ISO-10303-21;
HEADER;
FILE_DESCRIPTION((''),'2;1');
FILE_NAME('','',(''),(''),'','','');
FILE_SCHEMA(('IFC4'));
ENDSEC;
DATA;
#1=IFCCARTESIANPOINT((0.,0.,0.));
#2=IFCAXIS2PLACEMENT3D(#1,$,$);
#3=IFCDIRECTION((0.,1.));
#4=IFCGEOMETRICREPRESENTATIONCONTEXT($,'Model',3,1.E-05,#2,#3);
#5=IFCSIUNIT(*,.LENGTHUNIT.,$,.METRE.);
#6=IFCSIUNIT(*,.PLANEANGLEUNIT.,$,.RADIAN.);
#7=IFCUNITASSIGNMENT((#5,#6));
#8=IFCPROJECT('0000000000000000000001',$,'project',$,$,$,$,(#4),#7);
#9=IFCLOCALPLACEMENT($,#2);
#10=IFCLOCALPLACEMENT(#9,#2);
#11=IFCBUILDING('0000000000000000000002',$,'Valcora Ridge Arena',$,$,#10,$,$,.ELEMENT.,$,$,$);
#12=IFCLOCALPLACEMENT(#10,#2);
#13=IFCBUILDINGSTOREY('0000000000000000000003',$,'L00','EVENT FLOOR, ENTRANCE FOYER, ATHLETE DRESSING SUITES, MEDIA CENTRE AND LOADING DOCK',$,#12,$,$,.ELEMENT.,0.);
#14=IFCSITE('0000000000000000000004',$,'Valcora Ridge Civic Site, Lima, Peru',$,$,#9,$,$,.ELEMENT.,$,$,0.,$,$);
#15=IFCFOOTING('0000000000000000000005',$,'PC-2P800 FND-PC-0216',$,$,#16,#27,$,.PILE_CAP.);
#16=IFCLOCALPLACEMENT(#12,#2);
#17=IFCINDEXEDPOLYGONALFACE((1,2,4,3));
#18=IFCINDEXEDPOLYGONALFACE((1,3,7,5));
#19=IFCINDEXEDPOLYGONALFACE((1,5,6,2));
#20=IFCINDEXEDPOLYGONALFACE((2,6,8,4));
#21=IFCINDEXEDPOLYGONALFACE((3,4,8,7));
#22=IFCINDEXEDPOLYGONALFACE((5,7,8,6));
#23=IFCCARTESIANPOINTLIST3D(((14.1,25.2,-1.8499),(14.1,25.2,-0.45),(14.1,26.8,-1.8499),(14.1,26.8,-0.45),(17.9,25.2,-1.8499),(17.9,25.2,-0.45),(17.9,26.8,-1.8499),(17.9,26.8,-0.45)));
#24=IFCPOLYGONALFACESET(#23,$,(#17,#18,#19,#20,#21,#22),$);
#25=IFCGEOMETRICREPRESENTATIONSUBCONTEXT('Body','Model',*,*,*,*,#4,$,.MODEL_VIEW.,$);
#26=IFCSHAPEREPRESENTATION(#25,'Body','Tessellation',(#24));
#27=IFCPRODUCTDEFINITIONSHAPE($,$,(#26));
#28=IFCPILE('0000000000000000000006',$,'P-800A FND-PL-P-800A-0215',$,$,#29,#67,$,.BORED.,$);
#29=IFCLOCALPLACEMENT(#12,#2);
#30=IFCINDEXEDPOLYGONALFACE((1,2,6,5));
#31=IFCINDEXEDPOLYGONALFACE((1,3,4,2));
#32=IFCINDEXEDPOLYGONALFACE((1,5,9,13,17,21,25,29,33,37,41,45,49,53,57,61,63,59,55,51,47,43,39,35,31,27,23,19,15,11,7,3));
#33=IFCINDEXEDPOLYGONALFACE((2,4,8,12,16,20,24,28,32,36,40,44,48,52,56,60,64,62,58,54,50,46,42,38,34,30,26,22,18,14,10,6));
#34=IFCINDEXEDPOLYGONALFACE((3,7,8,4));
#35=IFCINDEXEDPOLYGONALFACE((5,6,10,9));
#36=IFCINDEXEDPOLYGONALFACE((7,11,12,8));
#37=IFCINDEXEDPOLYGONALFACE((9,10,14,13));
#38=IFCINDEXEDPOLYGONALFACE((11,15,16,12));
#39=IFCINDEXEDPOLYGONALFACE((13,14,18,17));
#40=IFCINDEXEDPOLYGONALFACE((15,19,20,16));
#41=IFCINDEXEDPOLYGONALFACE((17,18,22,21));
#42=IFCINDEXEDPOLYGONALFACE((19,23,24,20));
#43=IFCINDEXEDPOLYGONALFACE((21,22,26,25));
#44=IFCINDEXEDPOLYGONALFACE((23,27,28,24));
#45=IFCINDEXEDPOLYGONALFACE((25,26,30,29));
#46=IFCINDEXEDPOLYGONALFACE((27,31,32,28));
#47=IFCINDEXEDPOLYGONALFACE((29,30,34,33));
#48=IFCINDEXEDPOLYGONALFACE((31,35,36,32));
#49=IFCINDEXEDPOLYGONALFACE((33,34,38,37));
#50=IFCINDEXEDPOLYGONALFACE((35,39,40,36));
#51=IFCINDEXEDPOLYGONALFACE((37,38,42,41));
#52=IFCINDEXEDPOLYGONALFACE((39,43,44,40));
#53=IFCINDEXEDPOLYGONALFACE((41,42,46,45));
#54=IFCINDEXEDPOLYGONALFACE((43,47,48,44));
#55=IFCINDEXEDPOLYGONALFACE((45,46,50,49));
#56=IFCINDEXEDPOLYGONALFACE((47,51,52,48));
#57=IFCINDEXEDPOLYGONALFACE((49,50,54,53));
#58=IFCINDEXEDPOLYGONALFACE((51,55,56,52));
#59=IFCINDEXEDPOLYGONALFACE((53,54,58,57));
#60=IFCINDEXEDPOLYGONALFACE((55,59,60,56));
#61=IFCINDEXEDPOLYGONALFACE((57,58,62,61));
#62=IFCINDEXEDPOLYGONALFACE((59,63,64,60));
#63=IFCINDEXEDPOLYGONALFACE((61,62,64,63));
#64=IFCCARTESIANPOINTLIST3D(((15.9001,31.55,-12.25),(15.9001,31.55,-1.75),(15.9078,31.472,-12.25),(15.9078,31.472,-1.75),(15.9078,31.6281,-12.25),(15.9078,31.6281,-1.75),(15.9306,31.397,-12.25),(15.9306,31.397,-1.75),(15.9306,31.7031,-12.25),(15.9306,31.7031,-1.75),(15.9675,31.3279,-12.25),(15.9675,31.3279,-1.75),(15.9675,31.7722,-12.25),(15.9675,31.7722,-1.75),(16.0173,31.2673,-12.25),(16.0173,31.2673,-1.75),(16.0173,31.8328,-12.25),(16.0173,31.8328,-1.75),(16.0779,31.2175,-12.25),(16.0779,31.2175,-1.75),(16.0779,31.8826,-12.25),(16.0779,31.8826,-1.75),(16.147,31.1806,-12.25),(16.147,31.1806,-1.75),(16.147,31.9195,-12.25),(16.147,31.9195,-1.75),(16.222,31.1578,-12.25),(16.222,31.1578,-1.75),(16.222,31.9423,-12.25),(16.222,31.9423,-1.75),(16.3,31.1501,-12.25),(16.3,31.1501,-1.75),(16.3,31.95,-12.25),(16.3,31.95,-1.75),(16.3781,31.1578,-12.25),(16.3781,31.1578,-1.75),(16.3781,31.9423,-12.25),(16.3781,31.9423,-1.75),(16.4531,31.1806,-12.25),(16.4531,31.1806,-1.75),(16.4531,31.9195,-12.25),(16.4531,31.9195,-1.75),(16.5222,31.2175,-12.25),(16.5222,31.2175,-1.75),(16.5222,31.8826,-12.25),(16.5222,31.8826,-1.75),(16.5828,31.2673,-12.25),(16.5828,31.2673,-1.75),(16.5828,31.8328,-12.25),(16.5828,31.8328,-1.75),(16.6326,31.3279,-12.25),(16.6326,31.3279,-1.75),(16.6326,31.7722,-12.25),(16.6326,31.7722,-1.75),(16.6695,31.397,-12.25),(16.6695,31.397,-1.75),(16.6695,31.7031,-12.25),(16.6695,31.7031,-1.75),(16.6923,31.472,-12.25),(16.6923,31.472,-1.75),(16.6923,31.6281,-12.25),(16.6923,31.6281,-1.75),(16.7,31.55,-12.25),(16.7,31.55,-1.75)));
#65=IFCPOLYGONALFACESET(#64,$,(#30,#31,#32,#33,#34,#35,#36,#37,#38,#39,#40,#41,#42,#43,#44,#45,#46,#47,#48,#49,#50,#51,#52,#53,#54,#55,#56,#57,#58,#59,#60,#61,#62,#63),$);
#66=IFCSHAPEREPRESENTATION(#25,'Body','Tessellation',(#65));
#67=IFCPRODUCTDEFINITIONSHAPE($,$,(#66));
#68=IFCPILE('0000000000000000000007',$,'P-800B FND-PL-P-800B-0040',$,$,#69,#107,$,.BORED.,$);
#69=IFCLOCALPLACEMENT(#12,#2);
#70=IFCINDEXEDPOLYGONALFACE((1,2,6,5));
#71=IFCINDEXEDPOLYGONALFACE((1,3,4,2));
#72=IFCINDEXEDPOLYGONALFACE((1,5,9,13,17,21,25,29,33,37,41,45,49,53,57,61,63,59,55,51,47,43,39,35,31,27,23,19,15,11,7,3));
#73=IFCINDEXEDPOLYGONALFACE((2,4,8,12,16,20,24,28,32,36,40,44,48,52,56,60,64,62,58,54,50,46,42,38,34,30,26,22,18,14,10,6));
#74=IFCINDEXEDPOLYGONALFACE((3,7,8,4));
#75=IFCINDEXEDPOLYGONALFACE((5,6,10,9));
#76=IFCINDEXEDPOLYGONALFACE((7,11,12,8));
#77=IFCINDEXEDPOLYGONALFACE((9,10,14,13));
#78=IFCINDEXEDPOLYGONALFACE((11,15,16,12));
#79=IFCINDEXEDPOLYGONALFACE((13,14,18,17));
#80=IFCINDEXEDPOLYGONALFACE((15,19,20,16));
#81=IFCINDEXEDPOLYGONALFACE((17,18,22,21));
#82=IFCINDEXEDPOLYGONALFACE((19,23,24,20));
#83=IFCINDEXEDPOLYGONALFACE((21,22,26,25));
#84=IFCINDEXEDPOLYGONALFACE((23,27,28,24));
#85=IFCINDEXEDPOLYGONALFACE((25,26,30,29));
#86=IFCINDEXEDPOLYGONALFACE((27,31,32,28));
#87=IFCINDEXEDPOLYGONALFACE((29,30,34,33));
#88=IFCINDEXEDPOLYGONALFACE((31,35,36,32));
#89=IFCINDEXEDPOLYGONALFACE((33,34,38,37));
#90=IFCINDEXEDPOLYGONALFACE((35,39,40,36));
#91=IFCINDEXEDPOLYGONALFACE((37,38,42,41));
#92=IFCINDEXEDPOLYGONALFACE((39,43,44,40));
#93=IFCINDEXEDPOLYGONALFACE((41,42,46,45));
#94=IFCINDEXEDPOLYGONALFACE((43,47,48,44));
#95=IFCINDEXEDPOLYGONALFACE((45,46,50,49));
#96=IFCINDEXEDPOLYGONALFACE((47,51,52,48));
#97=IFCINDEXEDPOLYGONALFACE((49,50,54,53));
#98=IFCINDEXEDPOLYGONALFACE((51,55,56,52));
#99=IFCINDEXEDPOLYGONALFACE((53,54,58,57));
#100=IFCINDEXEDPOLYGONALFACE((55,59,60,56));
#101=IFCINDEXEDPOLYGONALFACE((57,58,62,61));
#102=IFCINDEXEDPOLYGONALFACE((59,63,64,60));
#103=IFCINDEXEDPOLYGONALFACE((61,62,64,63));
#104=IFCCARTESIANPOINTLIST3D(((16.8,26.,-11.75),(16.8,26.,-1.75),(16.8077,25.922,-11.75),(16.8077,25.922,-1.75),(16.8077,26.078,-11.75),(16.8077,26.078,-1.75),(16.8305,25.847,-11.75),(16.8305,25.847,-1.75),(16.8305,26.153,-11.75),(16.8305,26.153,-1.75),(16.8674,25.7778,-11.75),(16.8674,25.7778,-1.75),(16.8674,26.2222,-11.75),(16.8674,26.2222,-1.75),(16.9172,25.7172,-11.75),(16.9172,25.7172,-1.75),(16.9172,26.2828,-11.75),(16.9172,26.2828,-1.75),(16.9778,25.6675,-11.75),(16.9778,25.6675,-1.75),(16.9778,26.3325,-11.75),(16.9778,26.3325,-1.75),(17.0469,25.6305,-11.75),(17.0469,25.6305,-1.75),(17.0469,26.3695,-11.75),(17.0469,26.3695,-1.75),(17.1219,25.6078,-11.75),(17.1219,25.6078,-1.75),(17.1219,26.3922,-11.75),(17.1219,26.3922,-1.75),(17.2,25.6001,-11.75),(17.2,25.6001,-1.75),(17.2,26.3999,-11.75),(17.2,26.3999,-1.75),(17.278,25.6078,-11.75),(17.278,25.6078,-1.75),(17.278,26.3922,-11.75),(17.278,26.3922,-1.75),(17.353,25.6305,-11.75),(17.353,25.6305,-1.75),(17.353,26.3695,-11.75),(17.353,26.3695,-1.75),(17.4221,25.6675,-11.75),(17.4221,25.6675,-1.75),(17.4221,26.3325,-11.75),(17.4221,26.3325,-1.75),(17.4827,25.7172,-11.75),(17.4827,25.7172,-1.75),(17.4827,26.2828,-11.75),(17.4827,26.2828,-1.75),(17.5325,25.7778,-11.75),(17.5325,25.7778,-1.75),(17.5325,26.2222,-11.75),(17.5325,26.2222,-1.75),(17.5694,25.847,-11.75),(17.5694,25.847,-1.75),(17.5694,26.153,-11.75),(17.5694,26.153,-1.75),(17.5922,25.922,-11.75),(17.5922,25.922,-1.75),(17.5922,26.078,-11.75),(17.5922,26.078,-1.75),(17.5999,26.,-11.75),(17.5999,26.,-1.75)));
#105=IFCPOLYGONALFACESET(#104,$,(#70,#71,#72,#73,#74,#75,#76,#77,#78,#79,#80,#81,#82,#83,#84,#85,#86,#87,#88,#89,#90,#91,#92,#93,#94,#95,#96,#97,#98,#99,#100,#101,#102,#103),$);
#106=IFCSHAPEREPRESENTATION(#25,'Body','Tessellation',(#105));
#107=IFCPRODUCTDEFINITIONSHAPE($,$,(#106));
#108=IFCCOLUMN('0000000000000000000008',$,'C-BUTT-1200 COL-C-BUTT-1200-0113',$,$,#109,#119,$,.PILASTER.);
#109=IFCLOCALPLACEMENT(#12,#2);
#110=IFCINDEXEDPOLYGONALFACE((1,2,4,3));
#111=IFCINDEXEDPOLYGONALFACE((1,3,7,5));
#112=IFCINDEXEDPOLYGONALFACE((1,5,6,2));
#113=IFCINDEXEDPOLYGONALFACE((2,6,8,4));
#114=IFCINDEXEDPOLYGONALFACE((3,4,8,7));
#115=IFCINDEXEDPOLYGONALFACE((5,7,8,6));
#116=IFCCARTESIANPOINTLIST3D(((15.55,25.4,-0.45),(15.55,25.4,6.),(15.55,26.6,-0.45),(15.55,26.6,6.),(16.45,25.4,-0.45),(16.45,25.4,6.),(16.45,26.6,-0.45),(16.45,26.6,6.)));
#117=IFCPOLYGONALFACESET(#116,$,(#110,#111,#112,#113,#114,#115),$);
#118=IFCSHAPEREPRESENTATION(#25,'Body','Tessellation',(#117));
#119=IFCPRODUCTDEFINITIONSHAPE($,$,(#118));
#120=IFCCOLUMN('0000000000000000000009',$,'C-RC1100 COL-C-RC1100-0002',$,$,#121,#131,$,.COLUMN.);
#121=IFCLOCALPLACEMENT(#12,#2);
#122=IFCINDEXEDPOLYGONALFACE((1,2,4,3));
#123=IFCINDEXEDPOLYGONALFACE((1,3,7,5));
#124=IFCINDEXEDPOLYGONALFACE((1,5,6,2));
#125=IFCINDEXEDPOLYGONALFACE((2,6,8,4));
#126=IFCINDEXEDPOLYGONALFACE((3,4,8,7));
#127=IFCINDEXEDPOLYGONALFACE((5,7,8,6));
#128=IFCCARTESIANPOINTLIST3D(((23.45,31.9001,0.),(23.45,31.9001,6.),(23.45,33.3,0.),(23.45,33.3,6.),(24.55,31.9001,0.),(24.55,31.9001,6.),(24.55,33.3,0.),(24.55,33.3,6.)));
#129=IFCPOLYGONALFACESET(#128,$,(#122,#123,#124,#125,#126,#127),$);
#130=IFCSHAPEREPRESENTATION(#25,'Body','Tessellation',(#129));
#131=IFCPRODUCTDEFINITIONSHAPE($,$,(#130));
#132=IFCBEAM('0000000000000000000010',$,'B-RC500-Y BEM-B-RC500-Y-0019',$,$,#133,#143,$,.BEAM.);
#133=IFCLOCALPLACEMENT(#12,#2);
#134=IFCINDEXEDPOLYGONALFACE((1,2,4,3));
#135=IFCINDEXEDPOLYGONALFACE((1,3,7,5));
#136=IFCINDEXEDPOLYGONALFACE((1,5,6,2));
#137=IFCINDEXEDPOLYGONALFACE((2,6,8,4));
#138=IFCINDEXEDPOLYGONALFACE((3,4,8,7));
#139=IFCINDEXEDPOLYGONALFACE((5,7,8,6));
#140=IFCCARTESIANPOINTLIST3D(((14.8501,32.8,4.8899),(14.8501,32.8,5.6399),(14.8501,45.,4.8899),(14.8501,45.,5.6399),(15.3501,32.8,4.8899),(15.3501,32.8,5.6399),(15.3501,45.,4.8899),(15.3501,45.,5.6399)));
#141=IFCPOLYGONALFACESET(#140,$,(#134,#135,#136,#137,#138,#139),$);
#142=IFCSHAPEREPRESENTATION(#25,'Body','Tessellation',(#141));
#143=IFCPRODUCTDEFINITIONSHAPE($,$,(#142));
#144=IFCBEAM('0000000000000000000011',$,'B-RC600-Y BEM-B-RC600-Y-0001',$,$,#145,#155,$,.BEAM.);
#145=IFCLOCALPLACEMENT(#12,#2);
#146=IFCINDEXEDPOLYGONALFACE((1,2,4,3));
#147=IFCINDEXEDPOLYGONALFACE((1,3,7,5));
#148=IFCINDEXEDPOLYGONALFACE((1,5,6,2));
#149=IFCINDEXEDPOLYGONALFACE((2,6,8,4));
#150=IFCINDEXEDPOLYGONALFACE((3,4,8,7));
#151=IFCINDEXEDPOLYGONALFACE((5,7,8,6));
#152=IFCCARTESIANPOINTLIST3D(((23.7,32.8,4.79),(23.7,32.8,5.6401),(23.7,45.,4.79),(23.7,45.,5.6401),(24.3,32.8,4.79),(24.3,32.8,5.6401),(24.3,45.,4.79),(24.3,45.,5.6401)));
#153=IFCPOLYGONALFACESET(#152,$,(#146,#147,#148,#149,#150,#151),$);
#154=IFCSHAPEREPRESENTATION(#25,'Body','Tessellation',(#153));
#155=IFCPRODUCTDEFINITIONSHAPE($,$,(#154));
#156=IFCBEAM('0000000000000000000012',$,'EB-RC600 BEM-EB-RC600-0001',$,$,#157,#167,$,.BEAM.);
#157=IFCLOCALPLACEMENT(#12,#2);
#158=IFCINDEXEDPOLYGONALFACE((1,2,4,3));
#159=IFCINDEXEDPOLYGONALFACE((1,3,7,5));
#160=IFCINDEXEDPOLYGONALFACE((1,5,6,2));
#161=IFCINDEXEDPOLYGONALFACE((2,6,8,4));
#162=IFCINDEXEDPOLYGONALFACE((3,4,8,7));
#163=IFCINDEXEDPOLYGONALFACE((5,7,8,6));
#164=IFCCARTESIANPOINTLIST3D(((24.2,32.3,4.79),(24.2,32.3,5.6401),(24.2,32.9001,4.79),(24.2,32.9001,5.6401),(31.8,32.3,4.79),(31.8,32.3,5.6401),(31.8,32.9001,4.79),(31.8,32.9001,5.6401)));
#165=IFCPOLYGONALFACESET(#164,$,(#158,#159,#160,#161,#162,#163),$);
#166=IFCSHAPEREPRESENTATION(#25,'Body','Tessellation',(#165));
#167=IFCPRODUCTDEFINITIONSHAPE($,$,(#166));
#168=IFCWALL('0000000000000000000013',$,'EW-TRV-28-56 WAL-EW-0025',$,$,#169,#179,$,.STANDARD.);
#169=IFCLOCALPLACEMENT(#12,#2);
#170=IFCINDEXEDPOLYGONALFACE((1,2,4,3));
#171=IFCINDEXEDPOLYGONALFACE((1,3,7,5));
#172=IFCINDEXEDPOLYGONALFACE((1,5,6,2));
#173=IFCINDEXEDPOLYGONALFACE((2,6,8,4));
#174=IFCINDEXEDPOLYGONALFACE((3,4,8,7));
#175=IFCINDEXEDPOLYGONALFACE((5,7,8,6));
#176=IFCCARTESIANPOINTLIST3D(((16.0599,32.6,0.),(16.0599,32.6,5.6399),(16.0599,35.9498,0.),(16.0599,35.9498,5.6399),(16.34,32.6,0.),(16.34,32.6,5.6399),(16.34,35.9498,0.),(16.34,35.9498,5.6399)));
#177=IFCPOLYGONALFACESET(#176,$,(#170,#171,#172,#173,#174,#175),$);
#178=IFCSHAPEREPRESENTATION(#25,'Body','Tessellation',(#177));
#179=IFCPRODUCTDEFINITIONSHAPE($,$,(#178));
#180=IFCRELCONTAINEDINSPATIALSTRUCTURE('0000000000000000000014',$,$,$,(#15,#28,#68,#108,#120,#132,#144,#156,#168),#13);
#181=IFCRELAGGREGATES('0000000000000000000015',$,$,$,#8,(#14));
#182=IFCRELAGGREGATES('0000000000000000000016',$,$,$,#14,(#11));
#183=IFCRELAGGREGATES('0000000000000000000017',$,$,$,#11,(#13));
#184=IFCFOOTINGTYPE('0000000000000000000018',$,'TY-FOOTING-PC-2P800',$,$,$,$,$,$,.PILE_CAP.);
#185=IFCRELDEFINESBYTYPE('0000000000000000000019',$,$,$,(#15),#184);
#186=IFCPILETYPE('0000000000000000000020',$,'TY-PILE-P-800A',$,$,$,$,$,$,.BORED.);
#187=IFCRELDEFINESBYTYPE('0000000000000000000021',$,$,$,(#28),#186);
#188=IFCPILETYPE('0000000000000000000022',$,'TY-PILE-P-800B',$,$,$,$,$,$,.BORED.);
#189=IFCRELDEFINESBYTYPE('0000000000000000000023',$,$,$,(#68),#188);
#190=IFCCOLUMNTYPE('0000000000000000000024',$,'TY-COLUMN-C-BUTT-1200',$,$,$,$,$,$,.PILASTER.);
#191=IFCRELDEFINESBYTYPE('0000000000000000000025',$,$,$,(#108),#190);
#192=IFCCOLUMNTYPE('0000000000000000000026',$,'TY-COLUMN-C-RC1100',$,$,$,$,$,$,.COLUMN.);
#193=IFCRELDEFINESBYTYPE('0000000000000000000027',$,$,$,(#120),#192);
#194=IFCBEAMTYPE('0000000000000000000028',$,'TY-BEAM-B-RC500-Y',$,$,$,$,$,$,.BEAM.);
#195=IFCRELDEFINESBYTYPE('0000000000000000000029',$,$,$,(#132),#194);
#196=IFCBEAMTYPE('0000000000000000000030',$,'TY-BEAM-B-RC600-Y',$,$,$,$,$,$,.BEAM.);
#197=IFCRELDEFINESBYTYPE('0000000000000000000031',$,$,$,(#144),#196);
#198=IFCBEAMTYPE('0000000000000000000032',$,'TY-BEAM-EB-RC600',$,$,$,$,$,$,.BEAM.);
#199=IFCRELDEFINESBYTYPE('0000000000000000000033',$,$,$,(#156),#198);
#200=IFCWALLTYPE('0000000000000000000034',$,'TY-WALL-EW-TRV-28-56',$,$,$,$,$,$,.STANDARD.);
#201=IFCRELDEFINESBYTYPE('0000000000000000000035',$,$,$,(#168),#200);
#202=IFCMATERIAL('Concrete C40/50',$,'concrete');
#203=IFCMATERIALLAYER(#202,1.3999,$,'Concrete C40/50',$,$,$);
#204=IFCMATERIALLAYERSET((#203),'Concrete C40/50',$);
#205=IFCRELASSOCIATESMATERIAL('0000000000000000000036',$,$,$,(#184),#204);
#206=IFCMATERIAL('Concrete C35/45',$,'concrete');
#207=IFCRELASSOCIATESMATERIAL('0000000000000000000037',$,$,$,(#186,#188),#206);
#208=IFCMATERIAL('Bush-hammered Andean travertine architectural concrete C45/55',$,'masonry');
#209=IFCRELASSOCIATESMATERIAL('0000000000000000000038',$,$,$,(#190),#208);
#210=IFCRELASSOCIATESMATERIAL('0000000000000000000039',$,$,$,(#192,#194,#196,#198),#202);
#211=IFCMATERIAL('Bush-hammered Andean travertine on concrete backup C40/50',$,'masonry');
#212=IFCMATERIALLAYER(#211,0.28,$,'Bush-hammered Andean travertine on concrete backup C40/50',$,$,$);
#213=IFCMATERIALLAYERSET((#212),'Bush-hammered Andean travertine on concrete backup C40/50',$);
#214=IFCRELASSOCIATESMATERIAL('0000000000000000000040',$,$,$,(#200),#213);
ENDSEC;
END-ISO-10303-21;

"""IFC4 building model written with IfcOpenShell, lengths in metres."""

from ifc_helpers import new_model, si_unit, direction, frame, frame_2d, origin, origin_2d, place, context, subcontext, project, spatial, rectangle, circle, extrude, material, layer, layer_set, material_profile, profile_set, type_object, element, save


model = new_model("IFC4")

# Units and contexts
model_context = context("Model", 3, precision=1e-05, world=origin(), true_north=direction((0.0, 1.0)))
body_context = subcontext(model_context, "Body", "Model", "MODEL_VIEW")
ifc_project = project(units=[si_unit("LENGTHUNIT", "METRE"), si_unit("PLANEANGLEUNIT", "RADIAN")], contexts=[model_context])

# Site, building, storey
site_placement = place(None, origin())
site = spatial("IfcSite", under=ifc_project, at=site_placement, Name="Valcora Ridge Civic Site, Lima, Peru", CompositionType="ELEMENT", RefElevation=0.0)
building_placement = place(site_placement, origin())
building = spatial("IfcBuilding", under=site, at=building_placement, Name="Valcora Ridge Arena", CompositionType="ELEMENT")
storey_placement = place(building_placement, origin())
storey = spatial("IfcBuildingStorey", under=building, at=storey_placement, Name="L00", Description="EVENT FLOOR, ENTRANCE FOYER, ATHLETE DRESSING SUITES, MEDIA CENTRE AND LOADING DOCK", CompositionType="ELEMENT", Elevation=0.0)

# Footing
ifc_material_1 = material(Name="Concrete C40/50", Category="concrete")
ifc_layer_1 = layer(ifc_material_1, 1.3999, Name="Concrete C40/50")
ifc_layer_set_1 = layer_set([ifc_layer_1], Name="Concrete C40/50")
footing_type = type_object("IfcFootingType", Name="TY-FOOTING-PC-2P800", PredefinedType="PILE_CAP", material=ifc_layer_set_1)
footing_placement = place(storey_placement, frame((16.0, 26.0, -1.8499), z_axis=(0.0, 0.0, 1.0), x_axis=(1.0, 0.0, 0.0)))
element("IfcFooting", 1, at=footing_placement, inside=storey, type_object=footing_type, Name="PC-2P800 FND-PC-0216", PredefinedType="PILE_CAP", context=body_context, shape_type="SweptSolid", body=[
    extrude(rectangle(XDim=3.8, YDim=1.6001, at=origin_2d()), origin(), (0.0, 0.0, 1.0), 1.3999),
])

# Piles
ifc_material_2 = material(Name="Concrete C35/45", Category="concrete")
ifc_material_profile_1 = material_profile(ifc_material_2, circle(Radius=0.3999, at=origin_2d()), Name="BORED PILE D800")
ifc_profile_set_1 = profile_set([ifc_material_profile_1], Name="Concrete C35/45")
pile_type_1 = type_object("IfcPileType", Name="TY-PILE-P-800A", PredefinedType="BORED", material=ifc_profile_set_1)
pile_1_placement = place(storey_placement, frame((16.3, 31.55, -1.75), z_axis=(0.0, 0.0, -1.0), x_axis=(1.0, 0.0, 0.0)))
element("IfcPile", 2, at=pile_1_placement, inside=storey, type_object=pile_type_1, Name="P-800A FND-PL-P-800A-0215", PredefinedType="BORED", context=body_context, shape_type="SweptSolid", body=[
    extrude(circle(Radius=0.3999, at=origin_2d()), origin(), (0.0, 0.0, 1.0), 10.5),
])
ifc_material_profile_2 = material_profile(ifc_material_2, circle(Radius=0.3999, at=origin_2d()), Name="BORED PILE D800")
ifc_profile_set_2 = profile_set([ifc_material_profile_2], Name="Concrete C35/45")
pile_type_2 = type_object("IfcPileType", Name="TY-PILE-P-800B", PredefinedType="BORED", material=ifc_profile_set_2)
pile_2_placement = place(storey_placement, frame((17.2, 26.0, -1.75), z_axis=(0.0, 0.0, -1.0), x_axis=(1.0, 0.0, 0.0)))
element("IfcPile", 3, at=pile_2_placement, inside=storey, type_object=pile_type_2, Name="P-800B FND-PL-P-800B-0040", PredefinedType="BORED", context=body_context, shape_type="SweptSolid", body=[
    extrude(circle(Radius=0.3999, at=origin_2d()), origin(), (0.0, 0.0, 1.0), 10.0),
])

# Columns
ifc_material_3 = material(Name="Bush-hammered Andean travertine architectural concrete C45/55", Category="masonry")
ifc_material_profile_3 = material_profile(ifc_material_3, rectangle(XDim=0.8999, YDim=1.2, at=origin_2d()), Name="RC 900x1200")
ifc_profile_set_3 = profile_set([ifc_material_profile_3], Name="Bush-hammered Andean travertine architectural concrete C45/55")
column_type_1 = type_object("IfcColumnType", Name="TY-COLUMN-C-BUTT-1200", PredefinedType="PILASTER", material=ifc_profile_set_3)
column_1_placement = place(storey_placement, frame((16.0, 26.0, -0.45), z_axis=(0.0, 0.0, 1.0), x_axis=(1.0, 0.0, 0.0)))
element("IfcColumn", 4, at=column_1_placement, inside=storey, type_object=column_type_1, Name="C-BUTT-1200 COL-C-BUTT-1200-0113", PredefinedType="PILASTER", context=body_context, shape_type="SweptSolid", body=[
    extrude(rectangle(XDim=0.8999, YDim=1.2, at=origin_2d()), origin(), (0.0, 0.0, 1.0), 6.45),
])
ifc_material_profile_4 = material_profile(ifc_material_1, rectangle(XDim=1.1001, YDim=1.3999, at=origin_2d()), Name="RC 1100x1400")
ifc_profile_set_4 = profile_set([ifc_material_profile_4], Name="Concrete C40/50")
column_type_2 = type_object("IfcColumnType", Name="TY-COLUMN-C-RC1100", PredefinedType="COLUMN", material=ifc_profile_set_4)
column_2_placement = place(storey_placement, frame((24.0, 32.6001, 0.0), z_axis=(0.0, 0.0, 1.0), x_axis=(1.0, 0.0, 0.0)))
element("IfcColumn", 5, at=column_2_placement, inside=storey, type_object=column_type_2, Name="C-RC1100 COL-C-RC1100-0002", PredefinedType="COLUMN", context=body_context, shape_type="SweptSolid", body=[
    extrude(rectangle(XDim=1.1001, YDim=1.3999, at=origin_2d()), origin(), (0.0, 0.0, 1.0), 6.0),
])

# Beams
ifc_material_profile_5 = material_profile(ifc_material_1, rectangle(XDim=0.5, YDim=0.75, at=origin_2d()), Name="RC 500x750")
ifc_profile_set_5 = profile_set([ifc_material_profile_5], Name="Concrete C40/50")
beam_type_1 = type_object("IfcBeamType", Name="TY-BEAM-B-RC500-Y", PredefinedType="BEAM", material=ifc_profile_set_5)
beam_1_placement = place(storey_placement, frame((15.1001, 32.8, 5.2649), z_axis=(0.0, 1.0, 0.0), x_axis=(-1.0, 0.0, 0.0)))
element("IfcBeam", 6, at=beam_1_placement, inside=storey, type_object=beam_type_1, Name="B-RC500-Y BEM-B-RC500-Y-0019", PredefinedType="BEAM", context=body_context, shape_type="SweptSolid", body=[
    extrude(rectangle(XDim=0.5, YDim=0.75, at=origin_2d()), origin(), (0.0, 0.0, 1.0), 12.2),
])
ifc_material_profile_6 = material_profile(ifc_material_1, rectangle(XDim=0.6001, YDim=0.8501, at=origin_2d()), Name="RC 600x850")
ifc_profile_set_6 = profile_set([ifc_material_profile_6], Name="Concrete C40/50")
beam_type_2 = type_object("IfcBeamType", Name="TY-BEAM-B-RC600-Y", PredefinedType="BEAM", material=ifc_profile_set_6)
beam_2_placement = place(storey_placement, frame((24.0, 32.8, 5.2151), z_axis=(0.0, 1.0, 0.0), x_axis=(-1.0, 0.0, 0.0)))
element("IfcBeam", 7, at=beam_2_placement, inside=storey, type_object=beam_type_2, Name="B-RC600-Y BEM-B-RC600-Y-0001", PredefinedType="BEAM", context=body_context, shape_type="SweptSolid", body=[
    extrude(rectangle(XDim=0.6001, YDim=0.8501, at=origin_2d()), origin(), (0.0, 0.0, 1.0), 12.2),
])
ifc_material_profile_7 = material_profile(ifc_material_1, rectangle(XDim=0.6001, YDim=0.8501, at=origin_2d()), Name="RC 600x850")
ifc_profile_set_7 = profile_set([ifc_material_profile_7], Name="Concrete C40/50")
beam_type_3 = type_object("IfcBeamType", Name="TY-BEAM-EB-RC600", PredefinedType="BEAM", material=ifc_profile_set_7)
beam_3_placement = place(storey_placement, frame((24.2, 32.6001, 5.2151), z_axis=(1.0, 0.0, 0.0), x_axis=(0.0, 1.0, 0.0)))
element("IfcBeam", 8, at=beam_3_placement, inside=storey, type_object=beam_type_3, Name="EB-RC600 BEM-EB-RC600-0001", PredefinedType="BEAM", context=body_context, shape_type="SweptSolid", body=[
    extrude(rectangle(XDim=0.6001, YDim=0.8501, at=origin_2d()), origin(), (0.0, 0.0, 1.0), 7.6001),
])

# Wall
ifc_material_4 = material(Name="Bush-hammered Andean travertine on concrete backup C40/50", Category="masonry")
ifc_layer_2 = layer(ifc_material_4, 0.28, Name="Bush-hammered Andean travertine on concrete backup C40/50")
ifc_layer_set_2 = layer_set([ifc_layer_2], Name="Bush-hammered Andean travertine on concrete backup C40/50")
wall_type_1 = type_object("IfcWallType", Name="TY-WALL-EW-TRV-28-56", PredefinedType="STANDARD", material=ifc_layer_set_2)
wall_1_placement = place(storey_placement, frame((16.2, 32.6001, 0.0), z_axis=(0.0, 0.0, 1.0), x_axis=(0.0, 1.0, 0.0)))
element("IfcWall", 9, at=wall_1_placement, inside=storey, type_object=wall_type_1, Name="EW-TRV-28-56 WAL-EW-0025", PredefinedType="STANDARD", context=body_context, shape_type="SweptSolid", body=[
    extrude(rectangle(XDim=3.3499, YDim=0.28, at=frame_2d((1.6748, 0.0))), origin(), (0.0, 0.0, 1.0), 5.6399),
])

save(model, "model.ifc")
